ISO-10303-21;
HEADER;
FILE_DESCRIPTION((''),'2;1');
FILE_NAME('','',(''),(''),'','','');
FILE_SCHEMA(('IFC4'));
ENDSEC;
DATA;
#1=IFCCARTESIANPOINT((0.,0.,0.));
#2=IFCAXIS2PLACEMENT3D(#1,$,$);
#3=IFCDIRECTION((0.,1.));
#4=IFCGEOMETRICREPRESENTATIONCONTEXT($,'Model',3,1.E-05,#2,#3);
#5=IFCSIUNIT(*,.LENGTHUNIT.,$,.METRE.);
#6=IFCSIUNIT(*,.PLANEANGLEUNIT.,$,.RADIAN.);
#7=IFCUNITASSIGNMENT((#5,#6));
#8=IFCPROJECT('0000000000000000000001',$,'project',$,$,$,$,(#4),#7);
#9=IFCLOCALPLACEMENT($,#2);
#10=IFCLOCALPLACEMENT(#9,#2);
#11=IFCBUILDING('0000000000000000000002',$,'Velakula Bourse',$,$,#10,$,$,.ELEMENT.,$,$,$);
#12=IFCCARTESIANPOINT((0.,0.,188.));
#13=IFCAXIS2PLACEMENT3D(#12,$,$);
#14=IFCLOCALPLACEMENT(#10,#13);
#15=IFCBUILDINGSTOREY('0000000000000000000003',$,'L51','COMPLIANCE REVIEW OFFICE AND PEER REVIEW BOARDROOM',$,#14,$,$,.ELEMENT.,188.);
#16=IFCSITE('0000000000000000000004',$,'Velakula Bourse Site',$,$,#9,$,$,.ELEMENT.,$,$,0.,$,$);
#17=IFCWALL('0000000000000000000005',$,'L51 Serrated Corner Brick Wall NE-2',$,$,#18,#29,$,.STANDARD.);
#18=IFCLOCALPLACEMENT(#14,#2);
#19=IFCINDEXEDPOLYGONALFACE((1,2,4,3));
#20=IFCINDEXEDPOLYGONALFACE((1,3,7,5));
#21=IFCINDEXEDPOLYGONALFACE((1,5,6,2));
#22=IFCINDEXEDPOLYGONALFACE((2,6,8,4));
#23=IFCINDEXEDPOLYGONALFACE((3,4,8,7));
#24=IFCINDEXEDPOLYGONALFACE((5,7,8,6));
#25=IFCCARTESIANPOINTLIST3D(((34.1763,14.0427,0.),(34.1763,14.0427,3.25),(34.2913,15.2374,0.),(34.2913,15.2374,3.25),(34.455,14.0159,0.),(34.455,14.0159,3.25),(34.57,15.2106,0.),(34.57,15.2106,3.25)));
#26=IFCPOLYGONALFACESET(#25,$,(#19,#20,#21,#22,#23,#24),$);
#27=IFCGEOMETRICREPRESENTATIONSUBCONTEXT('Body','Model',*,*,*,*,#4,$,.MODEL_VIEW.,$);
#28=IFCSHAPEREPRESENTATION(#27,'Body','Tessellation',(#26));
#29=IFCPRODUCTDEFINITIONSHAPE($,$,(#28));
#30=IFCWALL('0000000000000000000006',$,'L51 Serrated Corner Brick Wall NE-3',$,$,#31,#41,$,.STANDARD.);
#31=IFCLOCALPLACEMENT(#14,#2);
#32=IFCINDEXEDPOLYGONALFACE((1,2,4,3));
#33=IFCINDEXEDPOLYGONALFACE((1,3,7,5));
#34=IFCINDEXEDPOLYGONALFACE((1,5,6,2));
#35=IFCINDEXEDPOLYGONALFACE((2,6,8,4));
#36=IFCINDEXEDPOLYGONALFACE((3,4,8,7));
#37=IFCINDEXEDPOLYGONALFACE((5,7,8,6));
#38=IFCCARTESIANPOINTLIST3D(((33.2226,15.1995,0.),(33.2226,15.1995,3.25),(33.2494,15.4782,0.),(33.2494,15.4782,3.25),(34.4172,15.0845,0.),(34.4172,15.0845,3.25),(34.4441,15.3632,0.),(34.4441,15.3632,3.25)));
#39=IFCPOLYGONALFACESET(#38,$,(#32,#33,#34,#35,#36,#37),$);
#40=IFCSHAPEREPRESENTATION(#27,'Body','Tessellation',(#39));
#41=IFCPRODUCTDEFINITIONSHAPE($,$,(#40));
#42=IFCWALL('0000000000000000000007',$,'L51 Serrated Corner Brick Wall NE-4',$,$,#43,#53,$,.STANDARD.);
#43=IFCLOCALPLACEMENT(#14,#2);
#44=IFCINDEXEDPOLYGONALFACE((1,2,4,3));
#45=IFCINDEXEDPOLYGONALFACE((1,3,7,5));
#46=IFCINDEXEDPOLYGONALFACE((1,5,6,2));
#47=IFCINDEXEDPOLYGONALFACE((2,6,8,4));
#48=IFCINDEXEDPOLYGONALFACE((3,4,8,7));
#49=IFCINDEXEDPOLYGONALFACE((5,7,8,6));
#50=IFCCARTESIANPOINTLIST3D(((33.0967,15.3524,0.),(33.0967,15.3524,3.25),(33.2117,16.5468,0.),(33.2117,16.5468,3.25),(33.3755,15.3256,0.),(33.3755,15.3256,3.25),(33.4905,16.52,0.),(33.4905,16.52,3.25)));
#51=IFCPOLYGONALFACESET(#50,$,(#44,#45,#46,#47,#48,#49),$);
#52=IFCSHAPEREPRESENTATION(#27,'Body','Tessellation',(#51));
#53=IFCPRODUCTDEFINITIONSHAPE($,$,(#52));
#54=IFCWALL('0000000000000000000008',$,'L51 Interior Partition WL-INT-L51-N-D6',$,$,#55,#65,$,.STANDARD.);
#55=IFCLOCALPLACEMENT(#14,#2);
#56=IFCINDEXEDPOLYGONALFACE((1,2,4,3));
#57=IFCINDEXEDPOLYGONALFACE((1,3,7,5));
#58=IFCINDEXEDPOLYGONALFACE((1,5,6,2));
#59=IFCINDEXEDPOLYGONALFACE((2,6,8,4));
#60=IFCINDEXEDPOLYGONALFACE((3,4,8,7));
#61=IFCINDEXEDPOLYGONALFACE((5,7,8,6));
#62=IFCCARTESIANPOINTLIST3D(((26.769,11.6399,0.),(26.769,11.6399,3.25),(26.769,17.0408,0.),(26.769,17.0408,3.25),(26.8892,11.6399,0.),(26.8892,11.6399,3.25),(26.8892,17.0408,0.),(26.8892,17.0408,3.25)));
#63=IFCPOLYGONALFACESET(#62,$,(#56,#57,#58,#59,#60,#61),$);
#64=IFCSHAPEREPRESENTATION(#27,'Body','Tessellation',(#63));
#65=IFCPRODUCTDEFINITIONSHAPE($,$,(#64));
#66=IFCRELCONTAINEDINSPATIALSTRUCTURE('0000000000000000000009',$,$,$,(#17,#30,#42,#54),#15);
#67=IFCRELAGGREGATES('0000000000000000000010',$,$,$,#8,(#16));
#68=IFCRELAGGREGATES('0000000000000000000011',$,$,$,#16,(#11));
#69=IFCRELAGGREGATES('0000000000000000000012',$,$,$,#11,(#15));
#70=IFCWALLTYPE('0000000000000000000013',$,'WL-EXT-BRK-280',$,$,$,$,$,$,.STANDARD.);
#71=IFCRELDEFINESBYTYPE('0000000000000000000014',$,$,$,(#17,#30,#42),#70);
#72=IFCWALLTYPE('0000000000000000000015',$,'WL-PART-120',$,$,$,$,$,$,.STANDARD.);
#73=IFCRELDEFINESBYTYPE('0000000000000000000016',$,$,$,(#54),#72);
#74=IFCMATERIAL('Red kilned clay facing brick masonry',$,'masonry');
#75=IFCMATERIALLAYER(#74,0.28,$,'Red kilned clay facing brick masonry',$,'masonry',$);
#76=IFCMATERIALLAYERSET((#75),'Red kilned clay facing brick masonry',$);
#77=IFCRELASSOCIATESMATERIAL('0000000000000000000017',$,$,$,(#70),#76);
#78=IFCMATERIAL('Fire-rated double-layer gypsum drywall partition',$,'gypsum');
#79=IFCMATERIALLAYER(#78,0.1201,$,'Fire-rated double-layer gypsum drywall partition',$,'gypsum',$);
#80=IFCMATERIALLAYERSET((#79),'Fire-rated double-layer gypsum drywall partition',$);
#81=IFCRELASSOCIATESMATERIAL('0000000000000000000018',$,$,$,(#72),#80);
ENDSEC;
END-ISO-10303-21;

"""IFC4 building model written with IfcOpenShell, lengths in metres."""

from ifc_helpers import new_model, si_unit, direction, frame, frame_2d, origin, place, context, subcontext, project, spatial, rectangle, extrude, material, layer, layer_set, type_object, element, save


model = new_model("IFC4")

# Units and contexts
model_context = context("Model", 3, precision=1e-05, world=origin(), true_north=direction((0.0, 1.0)))
body_context = subcontext(model_context, "Body", "Model", "MODEL_VIEW")
ifc_project = project(units=[si_unit("LENGTHUNIT", "METRE"), si_unit("PLANEANGLEUNIT", "RADIAN")], contexts=[model_context])

# Site, building, storey
site_placement = place(None, origin())
site = spatial("IfcSite", under=ifc_project, at=site_placement, Name="Velakula Bourse Site", CompositionType="ELEMENT", RefElevation=0.0)
building_placement = place(site_placement, origin())
building = spatial("IfcBuilding", under=site, at=building_placement, Name="Velakula Bourse", CompositionType="ELEMENT")
storey_placement = place(building_placement, frame((0.0, 0.0, 188.0)))
storey = spatial("IfcBuildingStorey", under=building, at=storey_placement, Name="L51", Description="COMPLIANCE REVIEW OFFICE AND PEER REVIEW BOARDROOM", CompositionType="ELEMENT", Elevation=188.0)

# Shared definitions
ifc_material_1 = material(Name="Red kilned clay facing brick masonry", Category="masonry")
ifc_layer_1 = layer(ifc_material_1, 0.28, Name="Red kilned clay facing brick masonry", Category="masonry")
ifc_layer_set_1 = layer_set([ifc_layer_1], Name="Red kilned clay facing brick masonry")
wall_type_1 = type_object("IfcWallType", Name="WL-EXT-BRK-280", PredefinedType="STANDARD", material=ifc_layer_set_1)

# Walls
for number, where, z_axis, x_axis, name in (
    (1, (34.3157, 14.0293, 0.0), (0.0, 0.0, 1.0), (0.095817, 0.995399, 0.0), "L51 Serrated Corner Brick Wall NE-2"),
    (2, (34.4307, 15.2239, 0.0), (0.0, 0.0, 1.0), (-0.995399, 0.095817, 0.0), "L51 Serrated Corner Brick Wall NE-3"),
):
    element("IfcWall", number, at=place(storey_placement, frame(where, z_axis=z_axis, x_axis=x_axis)), inside=storey, type_object=wall_type_1, Name=name, PredefinedType="STANDARD", context=body_context, shape_type="SweptSolid", body=[
        extrude(rectangle(XDim=1.2002, YDim=0.28, at=frame_2d((0.6001, 0.0))), origin(), (0.0, 0.0, 1.0), 3.25),
    ])
wall_1_placement = place(storey_placement, frame((33.2361, 15.3389, 0.0), z_axis=(0.0, 0.0, 1.0), x_axis=(0.095836, 0.995397, 0.0)))
element("IfcWall", 3, at=wall_1_placement, inside=storey, type_object=wall_type_1, Name="L51 Serrated Corner Brick Wall NE-4", PredefinedType="STANDARD", context=body_context, shape_type="SweptSolid", body=[
    extrude(rectangle(XDim=1.2, YDim=0.28, at=frame_2d((0.6001, 0.0))), origin(), (0.0, 0.0, 1.0), 3.25),
])
ifc_material_2 = material(Name="Fire-rated double-layer gypsum drywall partition", Category="gypsum")
ifc_layer_2 = layer(ifc_material_2, 0.1201, Name="Fire-rated double-layer gypsum drywall partition", Category="gypsum")
ifc_layer_set_2 = layer_set([ifc_layer_2], Name="Fire-rated double-layer gypsum drywall partition")
wall_type_2 = type_object("IfcWallType", Name="WL-PART-120", PredefinedType="STANDARD", material=ifc_layer_set_2)
wall_2_placement = place(storey_placement, frame((26.8291, 11.6399, 0.0), z_axis=(0.0, 0.0, 1.0), x_axis=(0.0, 1.0, 0.0)))
element("IfcWall", 4, at=wall_2_placement, inside=storey, type_object=wall_type_2, Name="L51 Interior Partition WL-INT-L51-N-D6", PredefinedType="STANDARD", context=body_context, shape_type="SweptSolid", body=[
    extrude(rectangle(XDim=5.4009, YDim=0.1201, at=frame_2d((2.7004, 0.0))), origin(), (0.0, 0.0, 1.0), 3.25),
])

save(model, "model.ifc")
